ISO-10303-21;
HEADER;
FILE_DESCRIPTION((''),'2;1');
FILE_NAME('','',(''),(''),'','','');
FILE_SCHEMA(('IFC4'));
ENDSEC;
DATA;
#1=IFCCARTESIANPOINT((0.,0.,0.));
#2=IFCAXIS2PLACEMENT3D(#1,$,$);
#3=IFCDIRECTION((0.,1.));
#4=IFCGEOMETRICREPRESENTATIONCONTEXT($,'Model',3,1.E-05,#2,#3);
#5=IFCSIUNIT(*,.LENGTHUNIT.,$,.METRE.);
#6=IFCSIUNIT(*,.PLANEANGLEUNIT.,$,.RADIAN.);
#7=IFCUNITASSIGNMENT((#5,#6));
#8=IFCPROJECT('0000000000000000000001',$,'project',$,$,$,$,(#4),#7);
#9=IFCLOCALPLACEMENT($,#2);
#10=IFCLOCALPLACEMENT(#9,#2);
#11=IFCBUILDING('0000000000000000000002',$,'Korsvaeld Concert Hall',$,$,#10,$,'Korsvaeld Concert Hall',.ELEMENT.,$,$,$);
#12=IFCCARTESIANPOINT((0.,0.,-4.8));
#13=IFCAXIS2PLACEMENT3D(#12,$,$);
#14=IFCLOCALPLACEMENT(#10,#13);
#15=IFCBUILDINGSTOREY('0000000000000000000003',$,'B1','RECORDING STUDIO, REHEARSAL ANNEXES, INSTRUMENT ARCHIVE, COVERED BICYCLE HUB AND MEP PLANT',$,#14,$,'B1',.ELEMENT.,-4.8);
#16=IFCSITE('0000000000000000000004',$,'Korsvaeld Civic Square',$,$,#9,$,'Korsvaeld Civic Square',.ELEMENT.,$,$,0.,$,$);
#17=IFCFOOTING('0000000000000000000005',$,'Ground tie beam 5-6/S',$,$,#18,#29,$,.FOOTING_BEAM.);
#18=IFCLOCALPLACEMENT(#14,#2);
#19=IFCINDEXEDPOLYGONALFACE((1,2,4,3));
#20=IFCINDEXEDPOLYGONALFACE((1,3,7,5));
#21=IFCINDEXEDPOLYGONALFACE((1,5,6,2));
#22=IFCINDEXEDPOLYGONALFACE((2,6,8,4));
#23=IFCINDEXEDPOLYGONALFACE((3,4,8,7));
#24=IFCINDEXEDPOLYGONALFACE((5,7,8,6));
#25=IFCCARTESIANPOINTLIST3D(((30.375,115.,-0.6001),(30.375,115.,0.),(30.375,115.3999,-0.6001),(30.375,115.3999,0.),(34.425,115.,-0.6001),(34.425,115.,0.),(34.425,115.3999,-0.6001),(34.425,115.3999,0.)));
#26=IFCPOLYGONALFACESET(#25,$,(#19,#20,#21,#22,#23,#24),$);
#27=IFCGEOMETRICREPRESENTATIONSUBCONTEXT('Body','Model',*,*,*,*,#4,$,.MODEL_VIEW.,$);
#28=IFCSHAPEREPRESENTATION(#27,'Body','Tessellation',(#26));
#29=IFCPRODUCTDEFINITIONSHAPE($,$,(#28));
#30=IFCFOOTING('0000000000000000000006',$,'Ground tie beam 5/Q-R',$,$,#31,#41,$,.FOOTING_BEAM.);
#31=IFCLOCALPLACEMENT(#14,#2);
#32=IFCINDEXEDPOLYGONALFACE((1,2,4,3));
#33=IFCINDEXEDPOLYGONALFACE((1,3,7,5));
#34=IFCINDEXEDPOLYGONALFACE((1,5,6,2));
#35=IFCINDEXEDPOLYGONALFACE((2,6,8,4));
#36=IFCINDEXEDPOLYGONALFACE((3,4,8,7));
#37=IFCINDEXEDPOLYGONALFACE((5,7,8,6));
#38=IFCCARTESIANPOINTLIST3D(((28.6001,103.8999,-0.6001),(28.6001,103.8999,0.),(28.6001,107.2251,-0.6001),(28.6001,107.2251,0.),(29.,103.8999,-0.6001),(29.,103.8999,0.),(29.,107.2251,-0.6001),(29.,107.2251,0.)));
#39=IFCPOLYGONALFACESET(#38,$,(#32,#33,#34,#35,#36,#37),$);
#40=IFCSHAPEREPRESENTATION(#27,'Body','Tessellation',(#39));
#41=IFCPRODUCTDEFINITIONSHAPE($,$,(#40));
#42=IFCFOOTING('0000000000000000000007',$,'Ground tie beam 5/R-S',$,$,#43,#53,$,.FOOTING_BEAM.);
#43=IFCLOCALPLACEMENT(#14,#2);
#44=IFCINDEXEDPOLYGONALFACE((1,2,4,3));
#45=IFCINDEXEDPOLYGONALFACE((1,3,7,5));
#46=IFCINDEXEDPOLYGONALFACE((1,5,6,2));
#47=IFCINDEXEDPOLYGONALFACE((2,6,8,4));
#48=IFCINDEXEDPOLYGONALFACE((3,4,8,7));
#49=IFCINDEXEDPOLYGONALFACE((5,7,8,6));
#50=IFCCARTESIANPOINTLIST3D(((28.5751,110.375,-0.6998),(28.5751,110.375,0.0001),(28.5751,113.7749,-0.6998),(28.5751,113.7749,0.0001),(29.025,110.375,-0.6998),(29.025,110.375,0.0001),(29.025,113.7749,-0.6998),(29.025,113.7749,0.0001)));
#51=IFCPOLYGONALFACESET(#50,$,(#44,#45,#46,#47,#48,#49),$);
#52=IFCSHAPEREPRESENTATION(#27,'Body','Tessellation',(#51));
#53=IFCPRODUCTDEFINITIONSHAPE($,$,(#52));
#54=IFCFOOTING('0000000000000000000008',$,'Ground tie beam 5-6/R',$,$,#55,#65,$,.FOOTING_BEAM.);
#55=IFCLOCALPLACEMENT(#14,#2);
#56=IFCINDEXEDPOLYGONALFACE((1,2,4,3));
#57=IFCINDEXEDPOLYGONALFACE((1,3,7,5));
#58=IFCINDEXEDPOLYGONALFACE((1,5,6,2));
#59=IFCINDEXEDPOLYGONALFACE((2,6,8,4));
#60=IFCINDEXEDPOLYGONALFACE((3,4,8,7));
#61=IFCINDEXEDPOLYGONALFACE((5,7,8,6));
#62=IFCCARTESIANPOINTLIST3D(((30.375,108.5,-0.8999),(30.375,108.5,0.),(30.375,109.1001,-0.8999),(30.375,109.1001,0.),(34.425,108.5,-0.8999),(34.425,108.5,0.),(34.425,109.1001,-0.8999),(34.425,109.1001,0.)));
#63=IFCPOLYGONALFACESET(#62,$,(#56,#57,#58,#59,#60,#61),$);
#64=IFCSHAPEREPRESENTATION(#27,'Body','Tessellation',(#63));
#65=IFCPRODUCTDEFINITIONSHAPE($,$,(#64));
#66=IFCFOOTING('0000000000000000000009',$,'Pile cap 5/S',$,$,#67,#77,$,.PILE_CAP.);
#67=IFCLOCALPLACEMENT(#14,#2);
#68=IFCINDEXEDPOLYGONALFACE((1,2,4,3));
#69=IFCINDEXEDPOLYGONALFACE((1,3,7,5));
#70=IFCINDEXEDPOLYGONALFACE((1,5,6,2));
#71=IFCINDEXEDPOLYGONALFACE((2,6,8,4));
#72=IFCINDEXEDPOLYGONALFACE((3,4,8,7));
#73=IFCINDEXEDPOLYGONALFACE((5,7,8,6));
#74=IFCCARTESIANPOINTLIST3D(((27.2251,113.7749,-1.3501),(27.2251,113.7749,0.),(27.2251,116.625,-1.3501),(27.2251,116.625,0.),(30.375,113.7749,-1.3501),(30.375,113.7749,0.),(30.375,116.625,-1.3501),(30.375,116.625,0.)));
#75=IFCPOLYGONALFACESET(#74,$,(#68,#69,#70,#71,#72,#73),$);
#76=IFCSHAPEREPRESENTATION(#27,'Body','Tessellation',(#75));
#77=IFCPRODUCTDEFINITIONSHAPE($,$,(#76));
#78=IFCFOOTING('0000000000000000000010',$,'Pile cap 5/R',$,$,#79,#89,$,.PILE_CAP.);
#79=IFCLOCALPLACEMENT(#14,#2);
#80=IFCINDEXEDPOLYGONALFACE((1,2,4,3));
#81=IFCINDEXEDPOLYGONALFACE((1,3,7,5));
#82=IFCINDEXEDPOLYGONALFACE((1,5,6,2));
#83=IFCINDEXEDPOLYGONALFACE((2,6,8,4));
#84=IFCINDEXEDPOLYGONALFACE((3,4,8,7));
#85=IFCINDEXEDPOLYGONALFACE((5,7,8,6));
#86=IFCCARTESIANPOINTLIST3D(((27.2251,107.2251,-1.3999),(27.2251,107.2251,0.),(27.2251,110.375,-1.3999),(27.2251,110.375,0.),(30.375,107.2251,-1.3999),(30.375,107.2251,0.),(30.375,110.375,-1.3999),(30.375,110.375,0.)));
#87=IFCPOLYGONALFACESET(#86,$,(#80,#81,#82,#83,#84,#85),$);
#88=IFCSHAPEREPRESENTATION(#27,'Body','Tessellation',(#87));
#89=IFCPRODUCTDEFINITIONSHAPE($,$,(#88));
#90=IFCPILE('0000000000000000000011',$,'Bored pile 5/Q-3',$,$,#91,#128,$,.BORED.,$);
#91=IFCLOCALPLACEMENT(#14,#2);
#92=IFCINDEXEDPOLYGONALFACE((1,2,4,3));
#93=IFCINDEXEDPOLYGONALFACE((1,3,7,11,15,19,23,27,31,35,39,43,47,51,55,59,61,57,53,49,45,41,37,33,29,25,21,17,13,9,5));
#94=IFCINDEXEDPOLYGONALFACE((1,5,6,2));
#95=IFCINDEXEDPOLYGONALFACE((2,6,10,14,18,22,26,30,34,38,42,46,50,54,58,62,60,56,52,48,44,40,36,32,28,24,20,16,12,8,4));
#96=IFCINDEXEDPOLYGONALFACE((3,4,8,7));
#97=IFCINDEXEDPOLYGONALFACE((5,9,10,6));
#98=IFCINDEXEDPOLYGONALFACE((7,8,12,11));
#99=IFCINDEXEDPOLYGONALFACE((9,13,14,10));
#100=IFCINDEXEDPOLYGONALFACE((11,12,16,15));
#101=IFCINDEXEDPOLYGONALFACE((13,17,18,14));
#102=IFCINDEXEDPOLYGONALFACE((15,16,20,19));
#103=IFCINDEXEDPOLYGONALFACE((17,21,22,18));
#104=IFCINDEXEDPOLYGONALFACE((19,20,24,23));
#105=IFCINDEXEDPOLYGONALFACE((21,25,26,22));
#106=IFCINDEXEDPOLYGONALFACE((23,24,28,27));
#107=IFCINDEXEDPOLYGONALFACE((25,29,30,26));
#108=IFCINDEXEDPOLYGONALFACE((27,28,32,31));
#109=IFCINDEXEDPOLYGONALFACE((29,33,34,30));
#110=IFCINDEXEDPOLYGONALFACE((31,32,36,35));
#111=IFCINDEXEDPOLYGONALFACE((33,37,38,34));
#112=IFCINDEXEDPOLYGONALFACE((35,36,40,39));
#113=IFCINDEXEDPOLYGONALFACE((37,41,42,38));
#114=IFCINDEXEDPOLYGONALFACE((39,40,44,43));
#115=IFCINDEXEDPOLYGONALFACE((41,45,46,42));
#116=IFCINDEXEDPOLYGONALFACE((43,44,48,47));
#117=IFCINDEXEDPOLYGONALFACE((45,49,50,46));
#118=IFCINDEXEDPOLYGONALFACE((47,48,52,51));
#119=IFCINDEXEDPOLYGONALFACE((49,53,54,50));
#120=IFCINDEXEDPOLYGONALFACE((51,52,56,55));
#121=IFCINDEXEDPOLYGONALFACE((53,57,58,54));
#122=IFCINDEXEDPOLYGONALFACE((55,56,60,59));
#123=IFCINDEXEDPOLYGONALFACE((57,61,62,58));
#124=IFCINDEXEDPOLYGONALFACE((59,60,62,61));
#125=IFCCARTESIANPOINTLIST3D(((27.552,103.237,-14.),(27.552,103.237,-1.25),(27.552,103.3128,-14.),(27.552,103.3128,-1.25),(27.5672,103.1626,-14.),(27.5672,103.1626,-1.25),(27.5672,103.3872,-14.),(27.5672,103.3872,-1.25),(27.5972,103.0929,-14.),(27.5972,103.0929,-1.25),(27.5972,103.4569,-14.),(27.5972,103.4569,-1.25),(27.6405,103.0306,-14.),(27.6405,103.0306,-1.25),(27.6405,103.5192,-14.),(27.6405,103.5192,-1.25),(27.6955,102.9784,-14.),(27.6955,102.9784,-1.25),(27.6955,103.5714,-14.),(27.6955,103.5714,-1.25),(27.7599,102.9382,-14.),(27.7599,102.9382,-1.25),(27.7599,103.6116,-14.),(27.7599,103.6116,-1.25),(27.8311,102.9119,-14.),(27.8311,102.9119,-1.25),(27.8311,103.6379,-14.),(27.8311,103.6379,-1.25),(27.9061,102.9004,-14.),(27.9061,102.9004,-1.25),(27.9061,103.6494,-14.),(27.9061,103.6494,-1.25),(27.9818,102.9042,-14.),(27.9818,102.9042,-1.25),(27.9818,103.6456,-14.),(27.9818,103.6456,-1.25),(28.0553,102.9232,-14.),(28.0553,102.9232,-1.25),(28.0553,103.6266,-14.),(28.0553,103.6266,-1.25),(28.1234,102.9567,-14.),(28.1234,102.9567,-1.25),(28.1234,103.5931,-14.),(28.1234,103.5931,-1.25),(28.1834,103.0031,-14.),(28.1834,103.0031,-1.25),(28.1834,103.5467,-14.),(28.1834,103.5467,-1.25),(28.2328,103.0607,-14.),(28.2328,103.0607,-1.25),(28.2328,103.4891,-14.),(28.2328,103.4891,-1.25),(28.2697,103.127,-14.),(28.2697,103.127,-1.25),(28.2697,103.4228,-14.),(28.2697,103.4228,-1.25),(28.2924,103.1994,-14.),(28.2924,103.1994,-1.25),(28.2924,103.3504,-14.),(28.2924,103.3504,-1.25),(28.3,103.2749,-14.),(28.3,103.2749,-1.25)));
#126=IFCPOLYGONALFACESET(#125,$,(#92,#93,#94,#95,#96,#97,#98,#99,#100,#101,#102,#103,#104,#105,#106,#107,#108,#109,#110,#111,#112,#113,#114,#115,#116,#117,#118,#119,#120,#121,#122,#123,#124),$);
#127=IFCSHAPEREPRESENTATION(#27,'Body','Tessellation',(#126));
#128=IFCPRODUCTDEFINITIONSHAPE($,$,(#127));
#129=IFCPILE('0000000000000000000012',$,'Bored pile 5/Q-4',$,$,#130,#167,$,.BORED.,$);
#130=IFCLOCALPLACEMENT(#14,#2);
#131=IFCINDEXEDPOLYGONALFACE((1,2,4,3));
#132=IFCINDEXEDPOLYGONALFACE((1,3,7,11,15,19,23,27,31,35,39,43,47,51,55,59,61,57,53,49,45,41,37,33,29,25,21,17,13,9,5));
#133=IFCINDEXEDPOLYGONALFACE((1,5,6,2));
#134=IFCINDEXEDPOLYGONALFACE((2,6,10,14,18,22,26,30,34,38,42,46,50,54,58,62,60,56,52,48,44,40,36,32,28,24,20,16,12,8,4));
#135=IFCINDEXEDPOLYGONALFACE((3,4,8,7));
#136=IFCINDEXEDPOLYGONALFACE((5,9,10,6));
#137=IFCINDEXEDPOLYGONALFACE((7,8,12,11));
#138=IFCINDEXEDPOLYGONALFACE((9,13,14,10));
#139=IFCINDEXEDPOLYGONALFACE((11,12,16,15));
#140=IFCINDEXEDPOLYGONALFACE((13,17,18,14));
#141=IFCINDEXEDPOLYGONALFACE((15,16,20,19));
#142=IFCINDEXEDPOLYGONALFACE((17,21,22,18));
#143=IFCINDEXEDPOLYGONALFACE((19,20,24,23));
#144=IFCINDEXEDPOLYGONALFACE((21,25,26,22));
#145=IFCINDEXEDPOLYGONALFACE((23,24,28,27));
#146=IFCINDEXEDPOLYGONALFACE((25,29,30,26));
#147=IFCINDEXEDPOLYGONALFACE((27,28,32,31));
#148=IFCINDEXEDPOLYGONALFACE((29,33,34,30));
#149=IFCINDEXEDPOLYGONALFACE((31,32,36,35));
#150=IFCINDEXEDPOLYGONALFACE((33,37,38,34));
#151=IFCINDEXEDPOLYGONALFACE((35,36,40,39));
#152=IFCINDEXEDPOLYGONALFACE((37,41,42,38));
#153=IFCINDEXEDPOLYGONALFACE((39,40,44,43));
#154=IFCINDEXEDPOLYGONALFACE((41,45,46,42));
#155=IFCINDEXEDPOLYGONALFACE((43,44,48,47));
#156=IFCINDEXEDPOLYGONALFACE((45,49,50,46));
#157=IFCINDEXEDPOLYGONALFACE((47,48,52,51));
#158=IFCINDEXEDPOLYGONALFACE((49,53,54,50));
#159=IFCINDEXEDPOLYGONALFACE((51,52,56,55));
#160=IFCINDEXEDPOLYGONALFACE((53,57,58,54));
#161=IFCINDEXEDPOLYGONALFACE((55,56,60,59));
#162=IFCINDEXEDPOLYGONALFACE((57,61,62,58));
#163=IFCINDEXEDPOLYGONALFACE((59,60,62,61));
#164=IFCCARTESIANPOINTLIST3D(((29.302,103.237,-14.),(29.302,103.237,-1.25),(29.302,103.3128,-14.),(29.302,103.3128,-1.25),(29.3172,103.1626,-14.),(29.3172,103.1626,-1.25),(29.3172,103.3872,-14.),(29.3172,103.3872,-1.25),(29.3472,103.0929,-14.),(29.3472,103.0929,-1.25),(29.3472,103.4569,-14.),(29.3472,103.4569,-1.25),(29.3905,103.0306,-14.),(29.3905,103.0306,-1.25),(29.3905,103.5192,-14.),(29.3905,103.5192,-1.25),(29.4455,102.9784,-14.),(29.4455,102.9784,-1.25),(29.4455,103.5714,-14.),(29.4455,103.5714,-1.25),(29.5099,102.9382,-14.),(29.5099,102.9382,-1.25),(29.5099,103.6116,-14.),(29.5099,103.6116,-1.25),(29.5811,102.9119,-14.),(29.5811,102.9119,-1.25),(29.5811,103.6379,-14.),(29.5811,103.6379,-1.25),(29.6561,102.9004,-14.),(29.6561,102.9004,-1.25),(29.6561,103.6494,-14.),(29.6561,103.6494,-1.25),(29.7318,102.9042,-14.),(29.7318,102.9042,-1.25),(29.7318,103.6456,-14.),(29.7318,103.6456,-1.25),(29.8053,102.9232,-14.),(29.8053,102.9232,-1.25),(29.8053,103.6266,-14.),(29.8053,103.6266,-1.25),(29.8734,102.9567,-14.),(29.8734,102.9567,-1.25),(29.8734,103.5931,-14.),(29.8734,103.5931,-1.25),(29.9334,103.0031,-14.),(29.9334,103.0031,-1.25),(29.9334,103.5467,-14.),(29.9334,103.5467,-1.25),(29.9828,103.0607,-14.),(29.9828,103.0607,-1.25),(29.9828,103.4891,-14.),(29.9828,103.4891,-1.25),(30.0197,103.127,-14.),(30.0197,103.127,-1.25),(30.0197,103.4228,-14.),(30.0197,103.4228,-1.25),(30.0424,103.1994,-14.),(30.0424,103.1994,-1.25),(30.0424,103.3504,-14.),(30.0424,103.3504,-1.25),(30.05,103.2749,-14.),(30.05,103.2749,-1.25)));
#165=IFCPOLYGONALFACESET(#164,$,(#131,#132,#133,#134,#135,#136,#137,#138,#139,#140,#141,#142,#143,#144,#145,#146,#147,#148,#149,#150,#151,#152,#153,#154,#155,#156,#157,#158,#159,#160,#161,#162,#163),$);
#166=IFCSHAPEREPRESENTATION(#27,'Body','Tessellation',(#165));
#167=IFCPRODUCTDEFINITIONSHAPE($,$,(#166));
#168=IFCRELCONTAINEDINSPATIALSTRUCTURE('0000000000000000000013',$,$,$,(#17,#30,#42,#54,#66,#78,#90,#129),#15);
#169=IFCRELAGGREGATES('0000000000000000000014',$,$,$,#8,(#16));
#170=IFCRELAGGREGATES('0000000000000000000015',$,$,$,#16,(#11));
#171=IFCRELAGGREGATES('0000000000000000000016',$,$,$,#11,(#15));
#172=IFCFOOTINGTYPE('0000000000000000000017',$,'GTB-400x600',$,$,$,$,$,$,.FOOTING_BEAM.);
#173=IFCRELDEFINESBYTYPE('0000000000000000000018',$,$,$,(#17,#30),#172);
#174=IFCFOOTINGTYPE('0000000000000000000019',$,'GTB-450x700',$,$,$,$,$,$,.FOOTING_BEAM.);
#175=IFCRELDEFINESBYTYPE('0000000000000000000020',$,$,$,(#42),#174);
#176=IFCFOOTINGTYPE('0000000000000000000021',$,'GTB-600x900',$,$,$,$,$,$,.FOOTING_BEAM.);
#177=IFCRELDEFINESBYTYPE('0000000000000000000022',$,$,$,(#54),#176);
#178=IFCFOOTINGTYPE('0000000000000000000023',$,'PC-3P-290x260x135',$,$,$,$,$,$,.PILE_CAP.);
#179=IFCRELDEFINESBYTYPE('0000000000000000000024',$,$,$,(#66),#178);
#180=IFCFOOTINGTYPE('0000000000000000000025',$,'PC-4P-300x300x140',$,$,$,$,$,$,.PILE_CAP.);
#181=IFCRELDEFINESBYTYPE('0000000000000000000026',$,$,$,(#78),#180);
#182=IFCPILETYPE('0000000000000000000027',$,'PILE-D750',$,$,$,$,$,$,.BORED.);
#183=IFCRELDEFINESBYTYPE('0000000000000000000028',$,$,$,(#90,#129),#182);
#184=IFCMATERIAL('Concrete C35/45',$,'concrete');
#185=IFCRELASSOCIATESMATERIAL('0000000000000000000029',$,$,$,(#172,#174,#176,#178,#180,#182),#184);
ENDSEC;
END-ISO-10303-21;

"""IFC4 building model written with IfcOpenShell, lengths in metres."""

from ifc_helpers import new_model, si_unit, direction, frame, origin, origin_2d, place, context, subcontext, project, spatial, rectangle, circle, extrude, material, material_profile, profile_set, type_object, element, save


model = new_model("IFC4")

# Units and contexts
model_context = context("Model", 3, precision=1e-05, world=origin(), true_north=direction((0.0, 1.0)))
body_context = subcontext(model_context, "Body", "Model", "MODEL_VIEW")
ifc_project = project(units=[si_unit("LENGTHUNIT", "METRE"), si_unit("PLANEANGLEUNIT", "RADIAN")], contexts=[model_context])

# Site, building, storey
site_placement = place(None, origin())
site = spatial("IfcSite", under=ifc_project, at=site_placement, Name="Korsvaeld Civic Square", LongName="Korsvaeld Civic Square", CompositionType="ELEMENT", RefElevation=0.0)
building_placement = place(site_placement, origin())
building = spatial("IfcBuilding", under=site, at=building_placement, Name="Korsvaeld Concert Hall", LongName="Korsvaeld Concert Hall", CompositionType="ELEMENT")
storey_placement = place(building_placement, frame((0.0, 0.0, -4.8)))
storey = spatial("IfcBuildingStorey", under=building, at=storey_placement, Name="B1", Description="RECORDING STUDIO, REHEARSAL ANNEXES, INSTRUMENT ARCHIVE, COVERED BICYCLE HUB AND MEP PLANT", LongName="B1", CompositionType="ELEMENT", Elevation=-4.8)

# Footings
ifc_material_1 = material(Name="Concrete C35/45", Category="concrete")
ifc_material_profile_1 = material_profile(ifc_material_1, rectangle(XDim=0.3999, YDim=0.6001, at=origin_2d()), Name="GTB 400x600")
ifc_profile_set_1 = profile_set([ifc_material_profile_1], Name="Concrete C35/45")
footing_type_1 = type_object("IfcFootingType", Name="GTB-400x600", PredefinedType="FOOTING_BEAM", material=ifc_profile_set_1)
footing_1_placement = place(storey_placement, frame((30.375, 115.2, -0.3), z_axis=(1.0, 0.0, 0.0), x_axis=(0.0, 1.0, 0.0)))
element("IfcFooting", 1, at=footing_1_placement, inside=storey, type_object=footing_type_1, Name="Ground tie beam 5-6/S", PredefinedType="FOOTING_BEAM", context=body_context, shape_type="SweptSolid", body=[
    extrude(rectangle(XDim=0.3999, YDim=0.6001, at=origin_2d()), origin(), (0.0, 0.0, 1.0), 4.05),
])
footing_2_placement = place(storey_placement, frame((28.8, 103.8999, -0.3), z_axis=(0.0, 1.0, 0.0), x_axis=(-1.0, 0.0, 0.0)))
element("IfcFooting", 2, at=footing_2_placement, inside=storey, type_object=footing_type_1, Name="Ground tie beam 5/Q-R", PredefinedType="FOOTING_BEAM", context=body_context, shape_type="SweptSolid", body=[
    extrude(rectangle(XDim=0.3999, YDim=0.6001, at=origin_2d()), origin(), (0.0, 0.0, 1.0), 3.3252),
])
ifc_material_profile_2 = material_profile(ifc_material_1, rectangle(XDim=0.45, YDim=0.7, at=origin_2d()), Name="GTB 450x700")
ifc_profile_set_2 = profile_set([ifc_material_profile_2], Name="Concrete C35/45")
footing_type_2 = type_object("IfcFootingType", Name="GTB-450x700", PredefinedType="FOOTING_BEAM", material=ifc_profile_set_2)
footing_3_placement = place(storey_placement, frame((28.8, 110.375, -0.3499), z_axis=(0.0, 1.0, 0.0), x_axis=(-1.0, 0.0, 0.0)))
element("IfcFooting", 3, at=footing_3_placement, inside=storey, type_object=footing_type_2, Name="Ground tie beam 5/R-S", PredefinedType="FOOTING_BEAM", context=body_context, shape_type="SweptSolid", body=[
    extrude(rectangle(XDim=0.45, YDim=0.7, at=origin_2d()), origin(), (0.0, 0.0, 1.0), 3.3999),
])
ifc_material_profile_3 = material_profile(ifc_material_1, rectangle(XDim=0.6001, YDim=0.8999, at=origin_2d()), Name="GTB 600x900")
ifc_profile_set_3 = profile_set([ifc_material_profile_3], Name="Concrete C35/45")
footing_type_3 = type_object("IfcFootingType", Name="GTB-600x900", PredefinedType="FOOTING_BEAM", material=ifc_profile_set_3)
footing_4_placement = place(storey_placement, frame((30.375, 108.8, -0.45), z_axis=(1.0, 0.0, 0.0), x_axis=(0.0, 1.0, 0.0)))
element("IfcFooting", 4, at=footing_4_placement, inside=storey, type_object=footing_type_3, Name="Ground tie beam 5-6/R", PredefinedType="FOOTING_BEAM", context=body_context, shape_type="SweptSolid", body=[
    extrude(rectangle(XDim=0.6001, YDim=0.8999, at=origin_2d()), origin(), (0.0, 0.0, 1.0), 4.05),
])
footing_type_4 = type_object("IfcFootingType", Name="PC-3P-290x260x135", PredefinedType="PILE_CAP", material=ifc_material_1)
footing_5_placement = place(storey_placement, frame((28.8, 115.2, -1.3501), z_axis=(0.0, 0.0, 1.0), x_axis=(1.0, 0.0, 0.0)))
element("IfcFooting", 5, at=footing_5_placement, inside=storey, type_object=footing_type_4, Name="Pile cap 5/S", PredefinedType="PILE_CAP", context=body_context, shape_type="SweptSolid", body=[
    extrude(rectangle(XDim=3.1499, YDim=2.8501, at=origin_2d()), origin(), (0.0, 0.0, 1.0), 1.3501),
])
footing_type_5 = type_object("IfcFootingType", Name="PC-4P-300x300x140", PredefinedType="PILE_CAP", material=ifc_material_1)
footing_6_placement = place(storey_placement, frame((28.8, 108.8, -1.3999), z_axis=(0.0, 0.0, 1.0), x_axis=(1.0, 0.0, 0.0)))
element("IfcFooting", 6, at=footing_6_placement, inside=storey, type_object=footing_type_5, Name="Pile cap 5/R", PredefinedType="PILE_CAP", context=body_context, shape_type="SweptSolid", body=[
    extrude(rectangle(XDim=3.1499, YDim=3.1499, at=origin_2d()), origin(), (0.0, 0.0, 1.0), 1.3999),
])

# Piles
ifc_material_profile_4 = material_profile(ifc_material_1, circle(Radius=0.375, at=origin_2d()), Name="BORED PILE D750")
ifc_profile_set_4 = profile_set([ifc_material_profile_4], Name="Concrete C35/45")
pile_type_1 = type_object("IfcPileType", Name="PILE-D750", PredefinedType="BORED", material=ifc_profile_set_4)
for number, where, z_axis, x_axis, name in (
    (7, (27.925, 103.2749, -1.25), (0.0, 0.0, -1.0), (1.0, 0.0, 0.0), "Bored pile 5/Q-3"),
    (8, (29.675, 103.2749, -1.25), (0.0, 0.0, -1.0), (1.0, 0.0, 0.0), "Bored pile 5/Q-4"),
):
    element("IfcPile", number, at=place(storey_placement, frame(where, z_axis=z_axis, x_axis=x_axis)), inside=storey, type_object=pile_type_1, Name=name, PredefinedType="BORED", context=body_context, shape_type="SweptSolid", body=[
        extrude(circle(Radius=0.375, at=origin_2d()), origin(), (0.0, 0.0, 1.0), 12.75),
    ])

save(model, "model.ifc")
